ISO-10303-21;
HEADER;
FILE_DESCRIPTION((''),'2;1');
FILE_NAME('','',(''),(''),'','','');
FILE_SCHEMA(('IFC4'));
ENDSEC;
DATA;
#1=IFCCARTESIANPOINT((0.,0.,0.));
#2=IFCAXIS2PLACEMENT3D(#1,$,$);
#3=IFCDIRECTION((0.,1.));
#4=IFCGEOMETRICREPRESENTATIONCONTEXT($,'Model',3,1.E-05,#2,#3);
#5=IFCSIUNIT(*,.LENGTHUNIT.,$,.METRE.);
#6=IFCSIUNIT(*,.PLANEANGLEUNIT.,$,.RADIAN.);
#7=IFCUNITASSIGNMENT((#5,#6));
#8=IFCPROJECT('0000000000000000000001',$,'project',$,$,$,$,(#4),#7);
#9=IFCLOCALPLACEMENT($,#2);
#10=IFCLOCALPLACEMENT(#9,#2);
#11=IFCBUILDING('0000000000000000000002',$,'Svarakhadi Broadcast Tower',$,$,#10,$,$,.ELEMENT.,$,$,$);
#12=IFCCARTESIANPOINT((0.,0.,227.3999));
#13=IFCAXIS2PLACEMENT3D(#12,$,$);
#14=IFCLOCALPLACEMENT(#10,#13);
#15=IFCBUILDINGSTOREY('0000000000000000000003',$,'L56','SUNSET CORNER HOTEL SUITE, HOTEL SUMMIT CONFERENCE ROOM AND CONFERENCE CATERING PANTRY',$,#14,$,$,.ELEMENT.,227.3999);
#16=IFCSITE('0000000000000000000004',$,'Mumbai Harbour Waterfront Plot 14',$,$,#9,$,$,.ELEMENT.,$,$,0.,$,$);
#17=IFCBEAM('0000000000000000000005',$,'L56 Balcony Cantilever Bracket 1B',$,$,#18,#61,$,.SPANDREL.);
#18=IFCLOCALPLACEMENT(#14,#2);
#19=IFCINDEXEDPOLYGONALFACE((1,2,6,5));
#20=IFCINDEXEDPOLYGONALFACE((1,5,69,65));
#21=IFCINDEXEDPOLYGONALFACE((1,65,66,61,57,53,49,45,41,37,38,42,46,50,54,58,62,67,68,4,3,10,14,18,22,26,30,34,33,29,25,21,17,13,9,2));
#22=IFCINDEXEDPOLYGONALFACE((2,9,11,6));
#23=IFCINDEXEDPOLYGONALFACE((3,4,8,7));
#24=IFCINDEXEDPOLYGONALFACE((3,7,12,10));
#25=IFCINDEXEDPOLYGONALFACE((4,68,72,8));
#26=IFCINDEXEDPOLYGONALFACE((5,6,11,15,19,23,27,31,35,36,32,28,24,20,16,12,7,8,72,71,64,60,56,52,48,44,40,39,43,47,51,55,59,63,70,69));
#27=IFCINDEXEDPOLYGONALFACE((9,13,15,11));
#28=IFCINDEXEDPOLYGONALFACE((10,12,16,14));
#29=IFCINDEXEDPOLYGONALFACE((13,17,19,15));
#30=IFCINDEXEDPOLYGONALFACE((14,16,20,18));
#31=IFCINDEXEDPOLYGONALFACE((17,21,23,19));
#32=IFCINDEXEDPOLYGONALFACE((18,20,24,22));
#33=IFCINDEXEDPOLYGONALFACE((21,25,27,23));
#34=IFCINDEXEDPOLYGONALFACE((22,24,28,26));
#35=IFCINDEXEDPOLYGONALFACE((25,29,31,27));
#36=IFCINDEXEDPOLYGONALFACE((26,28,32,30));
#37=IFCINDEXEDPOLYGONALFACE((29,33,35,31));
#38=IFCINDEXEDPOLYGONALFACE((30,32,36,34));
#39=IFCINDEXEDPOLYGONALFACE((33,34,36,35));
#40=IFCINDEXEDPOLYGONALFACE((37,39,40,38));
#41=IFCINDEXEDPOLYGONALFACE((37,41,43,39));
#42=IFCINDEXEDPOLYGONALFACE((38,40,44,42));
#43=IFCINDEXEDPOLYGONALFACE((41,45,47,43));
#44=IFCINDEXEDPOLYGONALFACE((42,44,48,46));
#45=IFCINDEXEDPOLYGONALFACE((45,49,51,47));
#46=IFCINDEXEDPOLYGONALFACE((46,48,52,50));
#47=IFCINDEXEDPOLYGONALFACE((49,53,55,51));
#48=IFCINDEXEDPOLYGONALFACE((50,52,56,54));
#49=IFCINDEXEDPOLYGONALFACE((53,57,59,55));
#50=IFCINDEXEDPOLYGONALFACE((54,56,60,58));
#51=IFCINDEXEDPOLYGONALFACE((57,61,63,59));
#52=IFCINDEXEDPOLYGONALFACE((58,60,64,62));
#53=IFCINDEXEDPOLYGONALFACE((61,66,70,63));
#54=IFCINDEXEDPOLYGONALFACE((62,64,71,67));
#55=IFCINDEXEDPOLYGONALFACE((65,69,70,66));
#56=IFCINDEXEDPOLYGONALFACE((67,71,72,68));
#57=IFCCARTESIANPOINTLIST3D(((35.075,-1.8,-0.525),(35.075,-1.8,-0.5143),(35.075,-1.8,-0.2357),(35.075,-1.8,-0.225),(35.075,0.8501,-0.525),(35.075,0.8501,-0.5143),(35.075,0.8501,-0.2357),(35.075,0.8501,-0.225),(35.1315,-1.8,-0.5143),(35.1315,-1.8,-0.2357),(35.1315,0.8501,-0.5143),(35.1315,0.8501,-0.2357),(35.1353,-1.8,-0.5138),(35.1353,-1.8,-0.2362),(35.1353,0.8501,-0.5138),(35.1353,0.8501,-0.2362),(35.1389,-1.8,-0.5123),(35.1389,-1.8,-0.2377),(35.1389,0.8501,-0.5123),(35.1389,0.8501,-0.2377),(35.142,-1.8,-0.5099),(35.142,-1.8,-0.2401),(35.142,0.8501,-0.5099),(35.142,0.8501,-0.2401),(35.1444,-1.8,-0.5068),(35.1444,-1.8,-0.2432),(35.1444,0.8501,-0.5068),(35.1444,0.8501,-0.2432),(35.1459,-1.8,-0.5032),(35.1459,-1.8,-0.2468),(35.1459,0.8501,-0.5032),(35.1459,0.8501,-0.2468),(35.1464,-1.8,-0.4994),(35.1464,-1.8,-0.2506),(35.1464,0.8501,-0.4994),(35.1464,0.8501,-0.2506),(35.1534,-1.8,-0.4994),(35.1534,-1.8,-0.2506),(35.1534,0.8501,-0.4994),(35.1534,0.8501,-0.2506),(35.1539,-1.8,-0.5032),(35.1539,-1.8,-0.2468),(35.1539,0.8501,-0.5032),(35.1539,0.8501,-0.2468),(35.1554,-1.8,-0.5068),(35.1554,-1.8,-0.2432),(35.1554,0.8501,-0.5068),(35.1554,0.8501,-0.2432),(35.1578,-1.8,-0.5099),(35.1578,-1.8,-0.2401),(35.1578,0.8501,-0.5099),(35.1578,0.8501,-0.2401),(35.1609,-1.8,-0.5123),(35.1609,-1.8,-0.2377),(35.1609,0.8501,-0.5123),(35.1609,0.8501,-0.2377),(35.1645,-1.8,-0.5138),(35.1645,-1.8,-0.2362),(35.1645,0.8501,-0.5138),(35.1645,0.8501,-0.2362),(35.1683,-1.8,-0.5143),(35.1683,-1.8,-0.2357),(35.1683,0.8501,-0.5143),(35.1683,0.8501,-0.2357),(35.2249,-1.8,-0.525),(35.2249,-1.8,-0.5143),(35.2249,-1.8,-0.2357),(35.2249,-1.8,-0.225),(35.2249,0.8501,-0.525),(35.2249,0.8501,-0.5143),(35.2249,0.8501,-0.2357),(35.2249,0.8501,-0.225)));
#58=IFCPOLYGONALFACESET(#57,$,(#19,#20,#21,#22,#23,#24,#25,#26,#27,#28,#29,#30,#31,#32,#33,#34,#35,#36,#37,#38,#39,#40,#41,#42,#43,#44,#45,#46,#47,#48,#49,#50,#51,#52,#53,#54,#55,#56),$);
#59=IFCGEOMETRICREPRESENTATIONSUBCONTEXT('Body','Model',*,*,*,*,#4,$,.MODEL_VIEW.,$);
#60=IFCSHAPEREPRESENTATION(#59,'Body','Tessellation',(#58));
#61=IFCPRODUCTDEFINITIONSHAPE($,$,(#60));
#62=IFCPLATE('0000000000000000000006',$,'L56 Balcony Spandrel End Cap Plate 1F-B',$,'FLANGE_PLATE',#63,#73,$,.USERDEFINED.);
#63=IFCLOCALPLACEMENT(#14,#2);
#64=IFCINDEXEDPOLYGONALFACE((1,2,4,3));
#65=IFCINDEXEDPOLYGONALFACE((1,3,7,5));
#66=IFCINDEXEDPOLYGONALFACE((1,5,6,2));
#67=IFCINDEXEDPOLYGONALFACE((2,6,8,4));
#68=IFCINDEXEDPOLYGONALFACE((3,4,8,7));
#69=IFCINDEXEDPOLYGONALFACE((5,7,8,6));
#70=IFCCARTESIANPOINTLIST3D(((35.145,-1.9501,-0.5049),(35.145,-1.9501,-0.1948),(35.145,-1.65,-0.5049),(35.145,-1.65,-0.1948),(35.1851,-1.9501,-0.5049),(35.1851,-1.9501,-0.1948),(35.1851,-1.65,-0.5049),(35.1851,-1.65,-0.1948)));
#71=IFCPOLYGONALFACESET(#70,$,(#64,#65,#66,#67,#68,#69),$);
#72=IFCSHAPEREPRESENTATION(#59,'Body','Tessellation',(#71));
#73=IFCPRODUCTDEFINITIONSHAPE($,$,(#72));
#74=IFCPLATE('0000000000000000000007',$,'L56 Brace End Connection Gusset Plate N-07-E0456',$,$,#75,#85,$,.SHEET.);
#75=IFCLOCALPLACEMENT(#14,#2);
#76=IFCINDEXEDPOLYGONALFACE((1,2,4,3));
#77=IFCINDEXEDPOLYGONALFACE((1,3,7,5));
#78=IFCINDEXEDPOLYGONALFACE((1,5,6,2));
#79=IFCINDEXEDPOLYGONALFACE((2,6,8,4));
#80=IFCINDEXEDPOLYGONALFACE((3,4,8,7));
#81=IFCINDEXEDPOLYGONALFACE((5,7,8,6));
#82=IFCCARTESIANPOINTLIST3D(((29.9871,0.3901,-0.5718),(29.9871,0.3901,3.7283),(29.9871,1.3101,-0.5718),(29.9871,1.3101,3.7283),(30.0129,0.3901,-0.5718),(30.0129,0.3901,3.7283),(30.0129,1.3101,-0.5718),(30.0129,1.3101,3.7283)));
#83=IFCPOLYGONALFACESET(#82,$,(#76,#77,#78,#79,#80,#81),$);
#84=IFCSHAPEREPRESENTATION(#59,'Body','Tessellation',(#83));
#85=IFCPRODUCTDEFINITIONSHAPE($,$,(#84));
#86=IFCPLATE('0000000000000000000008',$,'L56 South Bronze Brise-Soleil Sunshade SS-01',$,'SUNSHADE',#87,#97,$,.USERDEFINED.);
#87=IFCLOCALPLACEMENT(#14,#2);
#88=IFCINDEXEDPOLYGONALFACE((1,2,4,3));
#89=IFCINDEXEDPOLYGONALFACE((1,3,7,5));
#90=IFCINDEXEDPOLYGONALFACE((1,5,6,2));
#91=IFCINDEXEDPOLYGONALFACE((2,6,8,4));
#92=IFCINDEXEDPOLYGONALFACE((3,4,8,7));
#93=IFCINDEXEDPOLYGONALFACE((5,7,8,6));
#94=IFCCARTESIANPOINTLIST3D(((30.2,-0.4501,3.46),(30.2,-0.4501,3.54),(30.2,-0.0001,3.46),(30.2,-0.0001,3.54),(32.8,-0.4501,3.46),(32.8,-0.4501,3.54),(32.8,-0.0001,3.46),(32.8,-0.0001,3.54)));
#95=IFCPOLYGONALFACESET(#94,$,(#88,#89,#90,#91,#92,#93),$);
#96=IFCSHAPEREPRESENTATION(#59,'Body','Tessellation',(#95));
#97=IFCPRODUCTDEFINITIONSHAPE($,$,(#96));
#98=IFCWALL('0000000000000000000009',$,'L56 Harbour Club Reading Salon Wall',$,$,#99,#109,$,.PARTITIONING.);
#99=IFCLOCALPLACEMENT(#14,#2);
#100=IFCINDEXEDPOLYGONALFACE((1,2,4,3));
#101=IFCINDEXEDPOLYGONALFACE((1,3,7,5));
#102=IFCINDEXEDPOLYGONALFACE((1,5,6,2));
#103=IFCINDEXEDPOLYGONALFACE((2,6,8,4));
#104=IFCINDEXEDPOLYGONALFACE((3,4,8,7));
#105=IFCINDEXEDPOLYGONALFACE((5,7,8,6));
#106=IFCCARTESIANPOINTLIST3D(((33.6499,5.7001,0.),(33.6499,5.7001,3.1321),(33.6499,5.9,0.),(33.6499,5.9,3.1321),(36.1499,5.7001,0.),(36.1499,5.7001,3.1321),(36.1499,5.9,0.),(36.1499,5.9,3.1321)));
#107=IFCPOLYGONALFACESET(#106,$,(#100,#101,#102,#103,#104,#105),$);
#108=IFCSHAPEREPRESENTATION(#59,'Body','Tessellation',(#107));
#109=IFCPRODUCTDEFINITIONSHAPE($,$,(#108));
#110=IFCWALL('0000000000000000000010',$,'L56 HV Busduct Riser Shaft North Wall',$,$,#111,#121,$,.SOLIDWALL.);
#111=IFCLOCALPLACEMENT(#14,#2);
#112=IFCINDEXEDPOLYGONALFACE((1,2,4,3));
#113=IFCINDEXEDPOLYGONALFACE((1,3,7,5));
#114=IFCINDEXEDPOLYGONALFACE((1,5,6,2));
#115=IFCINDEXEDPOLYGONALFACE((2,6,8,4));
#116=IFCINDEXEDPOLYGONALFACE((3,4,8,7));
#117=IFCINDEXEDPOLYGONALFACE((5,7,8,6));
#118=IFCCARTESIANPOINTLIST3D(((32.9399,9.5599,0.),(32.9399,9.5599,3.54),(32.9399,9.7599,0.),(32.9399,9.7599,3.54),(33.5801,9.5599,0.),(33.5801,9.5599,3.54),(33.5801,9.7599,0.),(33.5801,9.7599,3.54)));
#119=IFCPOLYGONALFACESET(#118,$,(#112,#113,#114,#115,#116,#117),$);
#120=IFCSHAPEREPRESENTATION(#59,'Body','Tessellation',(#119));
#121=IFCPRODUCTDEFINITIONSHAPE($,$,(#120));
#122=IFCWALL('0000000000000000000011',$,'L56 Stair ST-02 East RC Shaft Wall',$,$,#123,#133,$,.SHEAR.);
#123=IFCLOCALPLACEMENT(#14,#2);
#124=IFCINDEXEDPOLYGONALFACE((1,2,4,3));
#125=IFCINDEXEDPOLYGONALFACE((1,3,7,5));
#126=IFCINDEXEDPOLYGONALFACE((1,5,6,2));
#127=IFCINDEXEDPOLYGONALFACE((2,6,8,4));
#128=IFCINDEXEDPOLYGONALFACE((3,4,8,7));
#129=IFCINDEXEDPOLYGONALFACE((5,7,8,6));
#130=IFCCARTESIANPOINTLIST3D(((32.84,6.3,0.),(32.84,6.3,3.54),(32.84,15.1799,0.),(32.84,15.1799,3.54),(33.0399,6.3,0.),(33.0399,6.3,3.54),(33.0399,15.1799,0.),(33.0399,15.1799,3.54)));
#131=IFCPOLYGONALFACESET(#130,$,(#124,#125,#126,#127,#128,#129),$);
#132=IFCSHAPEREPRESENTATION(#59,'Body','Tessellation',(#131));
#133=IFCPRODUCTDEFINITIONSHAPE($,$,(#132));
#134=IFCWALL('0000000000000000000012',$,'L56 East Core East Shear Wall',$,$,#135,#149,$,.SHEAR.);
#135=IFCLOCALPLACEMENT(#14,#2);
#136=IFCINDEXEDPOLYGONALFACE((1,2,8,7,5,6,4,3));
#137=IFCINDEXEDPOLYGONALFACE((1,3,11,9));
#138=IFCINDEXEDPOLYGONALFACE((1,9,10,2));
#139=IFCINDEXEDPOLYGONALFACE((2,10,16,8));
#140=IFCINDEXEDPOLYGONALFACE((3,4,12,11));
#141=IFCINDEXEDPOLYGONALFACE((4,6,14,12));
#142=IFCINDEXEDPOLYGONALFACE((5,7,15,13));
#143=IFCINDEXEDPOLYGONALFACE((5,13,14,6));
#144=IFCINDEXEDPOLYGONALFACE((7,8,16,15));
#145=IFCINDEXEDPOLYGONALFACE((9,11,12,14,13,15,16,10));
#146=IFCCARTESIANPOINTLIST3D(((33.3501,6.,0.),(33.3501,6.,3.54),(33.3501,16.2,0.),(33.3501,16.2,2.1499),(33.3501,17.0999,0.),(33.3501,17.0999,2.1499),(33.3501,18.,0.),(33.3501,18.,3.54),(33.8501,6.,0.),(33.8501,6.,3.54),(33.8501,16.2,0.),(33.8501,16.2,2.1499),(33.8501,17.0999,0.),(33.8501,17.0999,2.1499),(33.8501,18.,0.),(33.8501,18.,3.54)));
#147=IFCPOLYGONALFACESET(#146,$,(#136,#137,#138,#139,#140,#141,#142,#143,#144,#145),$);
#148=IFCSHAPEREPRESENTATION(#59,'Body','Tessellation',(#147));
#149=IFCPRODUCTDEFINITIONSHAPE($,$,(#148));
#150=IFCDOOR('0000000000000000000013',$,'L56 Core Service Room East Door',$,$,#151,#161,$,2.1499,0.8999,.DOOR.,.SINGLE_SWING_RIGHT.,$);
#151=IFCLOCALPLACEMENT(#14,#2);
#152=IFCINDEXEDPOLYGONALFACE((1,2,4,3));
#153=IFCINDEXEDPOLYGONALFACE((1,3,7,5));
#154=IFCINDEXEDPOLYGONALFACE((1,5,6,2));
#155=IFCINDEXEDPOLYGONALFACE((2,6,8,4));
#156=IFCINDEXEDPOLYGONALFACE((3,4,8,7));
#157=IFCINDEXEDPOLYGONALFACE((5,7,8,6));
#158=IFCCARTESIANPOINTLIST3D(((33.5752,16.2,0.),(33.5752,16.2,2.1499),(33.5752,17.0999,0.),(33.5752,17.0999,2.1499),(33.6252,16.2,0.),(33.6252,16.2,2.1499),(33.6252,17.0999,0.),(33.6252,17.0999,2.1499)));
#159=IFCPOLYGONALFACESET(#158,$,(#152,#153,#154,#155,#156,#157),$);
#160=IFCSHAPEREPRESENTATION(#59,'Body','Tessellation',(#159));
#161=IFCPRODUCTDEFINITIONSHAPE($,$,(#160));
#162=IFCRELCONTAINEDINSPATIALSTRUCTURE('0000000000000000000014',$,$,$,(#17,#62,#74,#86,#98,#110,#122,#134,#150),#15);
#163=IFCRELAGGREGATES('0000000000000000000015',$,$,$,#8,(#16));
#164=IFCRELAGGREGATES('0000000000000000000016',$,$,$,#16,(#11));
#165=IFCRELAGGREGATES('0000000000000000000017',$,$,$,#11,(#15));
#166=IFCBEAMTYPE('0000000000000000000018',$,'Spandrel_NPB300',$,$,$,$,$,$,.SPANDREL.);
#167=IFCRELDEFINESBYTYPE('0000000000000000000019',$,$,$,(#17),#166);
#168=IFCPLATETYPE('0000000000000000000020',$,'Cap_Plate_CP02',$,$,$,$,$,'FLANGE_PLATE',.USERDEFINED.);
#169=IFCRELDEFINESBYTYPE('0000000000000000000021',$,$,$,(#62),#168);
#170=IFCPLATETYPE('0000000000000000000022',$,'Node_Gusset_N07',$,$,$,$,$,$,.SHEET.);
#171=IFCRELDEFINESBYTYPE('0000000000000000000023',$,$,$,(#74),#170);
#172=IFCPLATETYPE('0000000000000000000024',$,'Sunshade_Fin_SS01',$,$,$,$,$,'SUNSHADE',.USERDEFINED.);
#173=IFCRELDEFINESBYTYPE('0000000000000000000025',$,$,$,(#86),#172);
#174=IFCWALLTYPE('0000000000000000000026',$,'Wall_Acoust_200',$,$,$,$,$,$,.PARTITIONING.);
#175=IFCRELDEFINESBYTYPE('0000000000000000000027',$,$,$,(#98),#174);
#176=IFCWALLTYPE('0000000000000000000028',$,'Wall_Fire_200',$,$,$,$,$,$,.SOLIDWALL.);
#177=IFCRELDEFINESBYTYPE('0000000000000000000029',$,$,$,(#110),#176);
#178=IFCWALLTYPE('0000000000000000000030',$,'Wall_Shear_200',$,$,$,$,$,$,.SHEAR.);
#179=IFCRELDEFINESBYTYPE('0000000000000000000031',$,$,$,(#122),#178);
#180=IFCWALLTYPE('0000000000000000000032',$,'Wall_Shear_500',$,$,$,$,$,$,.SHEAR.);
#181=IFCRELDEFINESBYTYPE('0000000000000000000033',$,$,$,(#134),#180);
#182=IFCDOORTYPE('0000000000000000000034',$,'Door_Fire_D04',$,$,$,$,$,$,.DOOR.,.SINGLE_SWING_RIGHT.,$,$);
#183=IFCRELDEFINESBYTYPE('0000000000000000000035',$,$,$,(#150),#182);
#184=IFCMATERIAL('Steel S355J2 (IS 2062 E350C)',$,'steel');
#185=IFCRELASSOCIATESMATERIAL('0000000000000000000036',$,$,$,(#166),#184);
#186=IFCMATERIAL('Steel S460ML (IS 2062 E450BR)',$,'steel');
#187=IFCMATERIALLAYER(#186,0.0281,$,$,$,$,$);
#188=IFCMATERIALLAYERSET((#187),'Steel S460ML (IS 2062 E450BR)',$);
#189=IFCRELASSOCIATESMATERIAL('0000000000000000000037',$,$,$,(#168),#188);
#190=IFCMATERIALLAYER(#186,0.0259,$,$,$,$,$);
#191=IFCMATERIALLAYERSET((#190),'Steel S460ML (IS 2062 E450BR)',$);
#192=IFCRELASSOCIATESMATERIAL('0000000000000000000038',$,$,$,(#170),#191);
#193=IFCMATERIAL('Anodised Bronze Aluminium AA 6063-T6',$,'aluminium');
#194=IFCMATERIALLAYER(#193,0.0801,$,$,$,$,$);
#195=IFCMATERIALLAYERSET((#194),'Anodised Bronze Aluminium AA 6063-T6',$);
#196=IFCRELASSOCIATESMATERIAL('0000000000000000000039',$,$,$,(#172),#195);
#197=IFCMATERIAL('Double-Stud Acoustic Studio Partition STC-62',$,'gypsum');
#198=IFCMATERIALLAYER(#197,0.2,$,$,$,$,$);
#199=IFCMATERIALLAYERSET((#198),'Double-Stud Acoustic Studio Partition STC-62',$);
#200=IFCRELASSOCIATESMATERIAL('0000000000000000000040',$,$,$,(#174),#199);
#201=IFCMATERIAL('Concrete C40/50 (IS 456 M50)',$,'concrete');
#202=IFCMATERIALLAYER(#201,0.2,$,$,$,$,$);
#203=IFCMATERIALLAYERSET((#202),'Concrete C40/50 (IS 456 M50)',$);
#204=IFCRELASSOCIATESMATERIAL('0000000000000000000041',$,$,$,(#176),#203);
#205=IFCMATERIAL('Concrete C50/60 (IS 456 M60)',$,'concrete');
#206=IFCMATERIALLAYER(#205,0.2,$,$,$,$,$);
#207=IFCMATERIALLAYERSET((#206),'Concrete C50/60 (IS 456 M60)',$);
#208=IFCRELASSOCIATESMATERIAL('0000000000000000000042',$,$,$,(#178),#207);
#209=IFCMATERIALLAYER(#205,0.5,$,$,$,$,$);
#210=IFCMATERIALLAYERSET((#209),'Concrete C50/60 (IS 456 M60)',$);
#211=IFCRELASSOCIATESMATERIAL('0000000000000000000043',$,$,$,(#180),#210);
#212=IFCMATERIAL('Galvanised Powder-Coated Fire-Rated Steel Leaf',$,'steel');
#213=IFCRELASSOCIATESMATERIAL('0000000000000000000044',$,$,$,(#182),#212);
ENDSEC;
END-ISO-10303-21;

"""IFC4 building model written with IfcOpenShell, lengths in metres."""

from ifc_helpers import new_model, si_unit, direction, frame, frame_2d, origin, origin_2d, place, context, subcontext, project, spatial, rectangle, i_section, extrude, material, layer, layer_set, material_profile, profile_set, type_object, element, fill, save


model = new_model("IFC4")

# Units and contexts
model_context = context("Model", 3, precision=1e-05, world=origin(), true_north=direction((0.0, 1.0)))
body_context = subcontext(model_context, "Body", "Model", "MODEL_VIEW")
ifc_project = project(units=[si_unit("LENGTHUNIT", "METRE"), si_unit("PLANEANGLEUNIT", "RADIAN")], contexts=[model_context])

# Site, building, storey
site_placement = place(None, origin())
site = spatial("IfcSite", under=ifc_project, at=site_placement, Name="Mumbai Harbour Waterfront Plot 14", CompositionType="ELEMENT", RefElevation=0.0)
building_placement = place(site_placement, origin())
building = spatial("IfcBuilding", under=site, at=building_placement, Name="Svarakhadi Broadcast Tower", CompositionType="ELEMENT")
storey_placement = place(building_placement, frame((0.0, 0.0, 227.3999)))
storey = spatial("IfcBuildingStorey", under=building, at=storey_placement, Name="L56", Description="SUNSET CORNER HOTEL SUITE, HOTEL SUMMIT CONFERENCE ROOM AND CONFERENCE CATERING PANTRY", CompositionType="ELEMENT", Elevation=227.3999)

# Shared definitions
ifc_material_1 = material(Name="Concrete C50/60 (IS 456 M60)", Category="concrete")
ifc_material_2 = material(Name="Steel S460ML (IS 2062 E450BR)", Category="steel")

# Beam
ifc_material_3 = material(Name="Steel S355J2 (IS 2062 E350C)", Category="steel")
ifc_material_profile_1 = material_profile(ifc_material_3, i_section(OverallWidth=0.1499, OverallDepth=0.3, WebThickness=0.0071, FlangeThickness=0.0107, FilletRadius=0.0149, at=origin_2d()), Name="NPB 300x150x37")
ifc_profile_set_1 = profile_set([ifc_material_profile_1], Name="Steel S355J2 (IS 2062 E350C)")
beam_type_1 = type_object("IfcBeamType", Name="Spandrel_NPB300", PredefinedType="SPANDREL", material=ifc_profile_set_1)
beam_1_placement = place(storey_placement, frame((35.1499, 0.8501, -0.375), z_axis=(0.0, -1.0, 0.0), x_axis=(1.0, 0.0, 0.0)))
element("IfcBeam", 1, at=beam_1_placement, inside=storey, type_object=beam_type_1, Name="L56 Balcony Cantilever Bracket 1B", PredefinedType="SPANDREL", context=body_context, shape_type="SweptSolid", body=[
    extrude(i_section(OverallWidth=0.1499, OverallDepth=0.3, WebThickness=0.0071, FlangeThickness=0.0107, FilletRadius=0.0149, at=origin_2d()), origin(), (0.0, 0.0, 1.0), 2.6501),
])

# Plates
ifc_layer_1 = layer(ifc_material_2, 0.0281)
ifc_layer_set_1 = layer_set([ifc_layer_1], Name="Steel S460ML (IS 2062 E450BR)")
plate_type_1 = type_object("IfcPlateType", Name="Cap_Plate_CP02", ElementType="FLANGE_PLATE", PredefinedType="USERDEFINED", material=ifc_layer_set_1)
plate_1_placement = place(storey_placement, frame((35.165, -1.8, -0.5049), z_axis=(0.0, 0.0, 1.0), x_axis=(1.0, 0.0, 0.0)))
element("IfcPlate", 2, at=plate_1_placement, inside=storey, type_object=plate_type_1, Name="L56 Balcony Spandrel End Cap Plate 1F-B", ObjectType="FLANGE_PLATE", PredefinedType="USERDEFINED", context=body_context, shape_type="SweptSolid", body=[
    extrude(rectangle(XDim=0.04, YDim=0.3, at=origin_2d()), origin(), (0.0, 0.0, 1.0), 0.3101),
])
ifc_layer_2 = layer(ifc_material_2, 0.0259)
ifc_layer_set_2 = layer_set([ifc_layer_2], Name="Steel S460ML (IS 2062 E450BR)")
plate_type_2 = type_object("IfcPlateType", Name="Node_Gusset_N07", PredefinedType="SHEET", material=ifc_layer_set_2)
plate_2_placement = place(storey_placement, frame((30.0, 0.8501, -0.5718), z_axis=(0.0, 0.0, 1.0), x_axis=(0.0, 1.0, 0.0)))
element("IfcPlate", 3, at=plate_2_placement, inside=storey, type_object=plate_type_2, Name="L56 Brace End Connection Gusset Plate N-07-E0456", PredefinedType="SHEET", context=body_context, shape_type="SweptSolid", body=[
    extrude(rectangle(XDim=0.9199, YDim=0.0259, at=origin_2d()), origin(), (0.0, 0.0, 1.0), 4.3),
])
ifc_material_4 = material(Name="Anodised Bronze Aluminium AA 6063-T6", Category="aluminium")
ifc_layer_3 = layer(ifc_material_4, 0.0801)
ifc_layer_set_3 = layer_set([ifc_layer_3], Name="Anodised Bronze Aluminium AA 6063-T6")
plate_type_3 = type_object("IfcPlateType", Name="Sunshade_Fin_SS01", ElementType="SUNSHADE", PredefinedType="USERDEFINED", material=ifc_layer_set_3)
plate_3_placement = place(storey_placement, frame((31.5, -0.2251, 3.46), z_axis=(0.0, 0.0, 1.0), x_axis=(1.0, 0.0, 0.0)))
element("IfcPlate", 4, at=plate_3_placement, inside=storey, type_object=plate_type_3, Name="L56 South Bronze Brise-Soleil Sunshade SS-01", ObjectType="SUNSHADE", PredefinedType="USERDEFINED", context=body_context, shape_type="SweptSolid", body=[
    extrude(rectangle(XDim=2.6001, YDim=0.45, at=origin_2d()), origin(), (0.0, 0.0, 1.0), 0.0801),
])

# Walls
ifc_material_5 = material(Name="Double-Stud Acoustic Studio Partition STC-62", Category="gypsum")
ifc_layer_4 = layer(ifc_material_5, 0.2)
ifc_layer_set_4 = layer_set([ifc_layer_4], Name="Double-Stud Acoustic Studio Partition STC-62")
wall_type_1 = type_object("IfcWallType", Name="Wall_Acoust_200", PredefinedType="PARTITIONING", material=ifc_layer_set_4)
wall_1_placement = place(storey_placement, frame((33.6499, 5.8, 0.0), z_axis=(0.0, 0.0, 1.0), x_axis=(1.0, 0.0, 0.0)))
element("IfcWall", 5, at=wall_1_placement, inside=storey, type_object=wall_type_1, Name="L56 Harbour Club Reading Salon Wall", PredefinedType="PARTITIONING", context=body_context, shape_type="SweptSolid", body=[
    extrude(rectangle(XDim=2.5, YDim=0.2, at=frame_2d((1.25, 0.0))), origin(), (0.0, 0.0, 1.0), 3.1321),
])
ifc_material_6 = material(Name="Concrete C40/50 (IS 456 M50)", Category="concrete")
ifc_layer_5 = layer(ifc_material_6, 0.2)
ifc_layer_set_5 = layer_set([ifc_layer_5], Name="Concrete C40/50 (IS 456 M50)")
wall_type_2 = type_object("IfcWallType", Name="Wall_Fire_200", PredefinedType="SOLIDWALL", material=ifc_layer_set_5)
wall_2_placement = place(storey_placement, frame((32.9399, 9.6599, 0.0), z_axis=(0.0, 0.0, 1.0), x_axis=(1.0, 0.0, 0.0)))
element("IfcWall", 6, at=wall_2_placement, inside=storey, type_object=wall_type_2, Name="L56 HV Busduct Riser Shaft North Wall", PredefinedType="SOLIDWALL", context=body_context, shape_type="SweptSolid", body=[
    extrude(rectangle(XDim=0.6401, YDim=0.2, at=frame_2d((0.3201, 0.0))), origin(), (0.0, 0.0, 1.0), 3.54),
])
ifc_layer_6 = layer(ifc_material_1, 0.2)
ifc_layer_set_6 = layer_set([ifc_layer_6], Name="Concrete C50/60 (IS 456 M60)")
wall_type_3 = type_object("IfcWallType", Name="Wall_Shear_200", PredefinedType="SHEAR", material=ifc_layer_set_6)
wall_3_placement = place(storey_placement, frame((32.9399, 6.3, 0.0), z_axis=(0.0, 0.0, 1.0), x_axis=(0.0, 1.0, 0.0)))
element("IfcWall", 7, at=wall_3_placement, inside=storey, type_object=wall_type_3, Name="L56 Stair ST-02 East RC Shaft Wall", PredefinedType="SHEAR", context=body_context, shape_type="SweptSolid", body=[
    extrude(rectangle(XDim=8.8799, YDim=0.2, at=frame_2d((4.4399, 0.0))), origin(), (0.0, 0.0, 1.0), 3.54),
])

# Wall, opening, door
ifc_layer_7 = layer(ifc_material_1, 0.5)
ifc_layer_set_7 = layer_set([ifc_layer_7], Name="Concrete C50/60 (IS 456 M60)")
wall_type_4 = type_object("IfcWallType", Name="Wall_Shear_500", PredefinedType="SHEAR", material=ifc_layer_set_7)
wall_4_placement = place(storey_placement, frame((33.6001, 6.0, 0.0), z_axis=(0.0, 0.0, 1.0), x_axis=(0.0, 1.0, 0.0)))
wall_4 = element("IfcWall", 8, at=wall_4_placement, inside=storey, type_object=wall_type_4, Name="L56 East Core East Shear Wall", PredefinedType="SHEAR", context=body_context, shape_type="SweptSolid", body=[
    extrude(rectangle(XDim=12.0, YDim=0.5, at=frame_2d((6.0, 0.0))), origin(), (0.0, 0.0, 1.0), 3.54),
])
opening_placement = place(wall_4_placement, frame((10.2, 0.0, 0.0)))
opening = element("IfcOpeningElement", 9, at=opening_placement, cuts=wall_4, PredefinedType="OPENING", context=body_context, shape_type="SweptSolid", body=[
    extrude(rectangle(XDim=0.8999, YDim=2.1499, at=frame_2d((0.45, 1.075))), frame((0.0, 0.26, 0.0), z_axis=(0.0, -1.0, 0.0), x_axis=(1.0, 0.0, 0.0)), (0.0, 0.0, 1.0), 0.52),
])
ifc_material_7 = material(Name="Galvanised Powder-Coated Fire-Rated Steel Leaf", Category="steel")
door_type = type_object("IfcDoorType", Name="Door_Fire_D04", OperationType="SINGLE_SWING_RIGHT", PredefinedType="DOOR", material=ifc_material_7)
door_placement = place(opening_placement, origin())
door = element("IfcDoor", 10, at=door_placement, inside=storey, type_object=door_type, Name="L56 Core Service Room East Door", OperationType="SINGLE_SWING_RIGHT", OverallHeight=2.1499, OverallWidth=0.8999, PredefinedType="DOOR", context=body_context, shape_type="SweptSolid", body=[
    extrude(rectangle(XDim=0.8999, YDim=2.1499, at=frame_2d((0.45, 1.075))), frame((0.0, 0.0249, 0.0), z_axis=(0.0, -1.0, 0.0), x_axis=(1.0, 0.0, 0.0)), (0.0, 0.0, 1.0), 0.05),
])
fill(opening, door)

save(model, "model.ifc")
